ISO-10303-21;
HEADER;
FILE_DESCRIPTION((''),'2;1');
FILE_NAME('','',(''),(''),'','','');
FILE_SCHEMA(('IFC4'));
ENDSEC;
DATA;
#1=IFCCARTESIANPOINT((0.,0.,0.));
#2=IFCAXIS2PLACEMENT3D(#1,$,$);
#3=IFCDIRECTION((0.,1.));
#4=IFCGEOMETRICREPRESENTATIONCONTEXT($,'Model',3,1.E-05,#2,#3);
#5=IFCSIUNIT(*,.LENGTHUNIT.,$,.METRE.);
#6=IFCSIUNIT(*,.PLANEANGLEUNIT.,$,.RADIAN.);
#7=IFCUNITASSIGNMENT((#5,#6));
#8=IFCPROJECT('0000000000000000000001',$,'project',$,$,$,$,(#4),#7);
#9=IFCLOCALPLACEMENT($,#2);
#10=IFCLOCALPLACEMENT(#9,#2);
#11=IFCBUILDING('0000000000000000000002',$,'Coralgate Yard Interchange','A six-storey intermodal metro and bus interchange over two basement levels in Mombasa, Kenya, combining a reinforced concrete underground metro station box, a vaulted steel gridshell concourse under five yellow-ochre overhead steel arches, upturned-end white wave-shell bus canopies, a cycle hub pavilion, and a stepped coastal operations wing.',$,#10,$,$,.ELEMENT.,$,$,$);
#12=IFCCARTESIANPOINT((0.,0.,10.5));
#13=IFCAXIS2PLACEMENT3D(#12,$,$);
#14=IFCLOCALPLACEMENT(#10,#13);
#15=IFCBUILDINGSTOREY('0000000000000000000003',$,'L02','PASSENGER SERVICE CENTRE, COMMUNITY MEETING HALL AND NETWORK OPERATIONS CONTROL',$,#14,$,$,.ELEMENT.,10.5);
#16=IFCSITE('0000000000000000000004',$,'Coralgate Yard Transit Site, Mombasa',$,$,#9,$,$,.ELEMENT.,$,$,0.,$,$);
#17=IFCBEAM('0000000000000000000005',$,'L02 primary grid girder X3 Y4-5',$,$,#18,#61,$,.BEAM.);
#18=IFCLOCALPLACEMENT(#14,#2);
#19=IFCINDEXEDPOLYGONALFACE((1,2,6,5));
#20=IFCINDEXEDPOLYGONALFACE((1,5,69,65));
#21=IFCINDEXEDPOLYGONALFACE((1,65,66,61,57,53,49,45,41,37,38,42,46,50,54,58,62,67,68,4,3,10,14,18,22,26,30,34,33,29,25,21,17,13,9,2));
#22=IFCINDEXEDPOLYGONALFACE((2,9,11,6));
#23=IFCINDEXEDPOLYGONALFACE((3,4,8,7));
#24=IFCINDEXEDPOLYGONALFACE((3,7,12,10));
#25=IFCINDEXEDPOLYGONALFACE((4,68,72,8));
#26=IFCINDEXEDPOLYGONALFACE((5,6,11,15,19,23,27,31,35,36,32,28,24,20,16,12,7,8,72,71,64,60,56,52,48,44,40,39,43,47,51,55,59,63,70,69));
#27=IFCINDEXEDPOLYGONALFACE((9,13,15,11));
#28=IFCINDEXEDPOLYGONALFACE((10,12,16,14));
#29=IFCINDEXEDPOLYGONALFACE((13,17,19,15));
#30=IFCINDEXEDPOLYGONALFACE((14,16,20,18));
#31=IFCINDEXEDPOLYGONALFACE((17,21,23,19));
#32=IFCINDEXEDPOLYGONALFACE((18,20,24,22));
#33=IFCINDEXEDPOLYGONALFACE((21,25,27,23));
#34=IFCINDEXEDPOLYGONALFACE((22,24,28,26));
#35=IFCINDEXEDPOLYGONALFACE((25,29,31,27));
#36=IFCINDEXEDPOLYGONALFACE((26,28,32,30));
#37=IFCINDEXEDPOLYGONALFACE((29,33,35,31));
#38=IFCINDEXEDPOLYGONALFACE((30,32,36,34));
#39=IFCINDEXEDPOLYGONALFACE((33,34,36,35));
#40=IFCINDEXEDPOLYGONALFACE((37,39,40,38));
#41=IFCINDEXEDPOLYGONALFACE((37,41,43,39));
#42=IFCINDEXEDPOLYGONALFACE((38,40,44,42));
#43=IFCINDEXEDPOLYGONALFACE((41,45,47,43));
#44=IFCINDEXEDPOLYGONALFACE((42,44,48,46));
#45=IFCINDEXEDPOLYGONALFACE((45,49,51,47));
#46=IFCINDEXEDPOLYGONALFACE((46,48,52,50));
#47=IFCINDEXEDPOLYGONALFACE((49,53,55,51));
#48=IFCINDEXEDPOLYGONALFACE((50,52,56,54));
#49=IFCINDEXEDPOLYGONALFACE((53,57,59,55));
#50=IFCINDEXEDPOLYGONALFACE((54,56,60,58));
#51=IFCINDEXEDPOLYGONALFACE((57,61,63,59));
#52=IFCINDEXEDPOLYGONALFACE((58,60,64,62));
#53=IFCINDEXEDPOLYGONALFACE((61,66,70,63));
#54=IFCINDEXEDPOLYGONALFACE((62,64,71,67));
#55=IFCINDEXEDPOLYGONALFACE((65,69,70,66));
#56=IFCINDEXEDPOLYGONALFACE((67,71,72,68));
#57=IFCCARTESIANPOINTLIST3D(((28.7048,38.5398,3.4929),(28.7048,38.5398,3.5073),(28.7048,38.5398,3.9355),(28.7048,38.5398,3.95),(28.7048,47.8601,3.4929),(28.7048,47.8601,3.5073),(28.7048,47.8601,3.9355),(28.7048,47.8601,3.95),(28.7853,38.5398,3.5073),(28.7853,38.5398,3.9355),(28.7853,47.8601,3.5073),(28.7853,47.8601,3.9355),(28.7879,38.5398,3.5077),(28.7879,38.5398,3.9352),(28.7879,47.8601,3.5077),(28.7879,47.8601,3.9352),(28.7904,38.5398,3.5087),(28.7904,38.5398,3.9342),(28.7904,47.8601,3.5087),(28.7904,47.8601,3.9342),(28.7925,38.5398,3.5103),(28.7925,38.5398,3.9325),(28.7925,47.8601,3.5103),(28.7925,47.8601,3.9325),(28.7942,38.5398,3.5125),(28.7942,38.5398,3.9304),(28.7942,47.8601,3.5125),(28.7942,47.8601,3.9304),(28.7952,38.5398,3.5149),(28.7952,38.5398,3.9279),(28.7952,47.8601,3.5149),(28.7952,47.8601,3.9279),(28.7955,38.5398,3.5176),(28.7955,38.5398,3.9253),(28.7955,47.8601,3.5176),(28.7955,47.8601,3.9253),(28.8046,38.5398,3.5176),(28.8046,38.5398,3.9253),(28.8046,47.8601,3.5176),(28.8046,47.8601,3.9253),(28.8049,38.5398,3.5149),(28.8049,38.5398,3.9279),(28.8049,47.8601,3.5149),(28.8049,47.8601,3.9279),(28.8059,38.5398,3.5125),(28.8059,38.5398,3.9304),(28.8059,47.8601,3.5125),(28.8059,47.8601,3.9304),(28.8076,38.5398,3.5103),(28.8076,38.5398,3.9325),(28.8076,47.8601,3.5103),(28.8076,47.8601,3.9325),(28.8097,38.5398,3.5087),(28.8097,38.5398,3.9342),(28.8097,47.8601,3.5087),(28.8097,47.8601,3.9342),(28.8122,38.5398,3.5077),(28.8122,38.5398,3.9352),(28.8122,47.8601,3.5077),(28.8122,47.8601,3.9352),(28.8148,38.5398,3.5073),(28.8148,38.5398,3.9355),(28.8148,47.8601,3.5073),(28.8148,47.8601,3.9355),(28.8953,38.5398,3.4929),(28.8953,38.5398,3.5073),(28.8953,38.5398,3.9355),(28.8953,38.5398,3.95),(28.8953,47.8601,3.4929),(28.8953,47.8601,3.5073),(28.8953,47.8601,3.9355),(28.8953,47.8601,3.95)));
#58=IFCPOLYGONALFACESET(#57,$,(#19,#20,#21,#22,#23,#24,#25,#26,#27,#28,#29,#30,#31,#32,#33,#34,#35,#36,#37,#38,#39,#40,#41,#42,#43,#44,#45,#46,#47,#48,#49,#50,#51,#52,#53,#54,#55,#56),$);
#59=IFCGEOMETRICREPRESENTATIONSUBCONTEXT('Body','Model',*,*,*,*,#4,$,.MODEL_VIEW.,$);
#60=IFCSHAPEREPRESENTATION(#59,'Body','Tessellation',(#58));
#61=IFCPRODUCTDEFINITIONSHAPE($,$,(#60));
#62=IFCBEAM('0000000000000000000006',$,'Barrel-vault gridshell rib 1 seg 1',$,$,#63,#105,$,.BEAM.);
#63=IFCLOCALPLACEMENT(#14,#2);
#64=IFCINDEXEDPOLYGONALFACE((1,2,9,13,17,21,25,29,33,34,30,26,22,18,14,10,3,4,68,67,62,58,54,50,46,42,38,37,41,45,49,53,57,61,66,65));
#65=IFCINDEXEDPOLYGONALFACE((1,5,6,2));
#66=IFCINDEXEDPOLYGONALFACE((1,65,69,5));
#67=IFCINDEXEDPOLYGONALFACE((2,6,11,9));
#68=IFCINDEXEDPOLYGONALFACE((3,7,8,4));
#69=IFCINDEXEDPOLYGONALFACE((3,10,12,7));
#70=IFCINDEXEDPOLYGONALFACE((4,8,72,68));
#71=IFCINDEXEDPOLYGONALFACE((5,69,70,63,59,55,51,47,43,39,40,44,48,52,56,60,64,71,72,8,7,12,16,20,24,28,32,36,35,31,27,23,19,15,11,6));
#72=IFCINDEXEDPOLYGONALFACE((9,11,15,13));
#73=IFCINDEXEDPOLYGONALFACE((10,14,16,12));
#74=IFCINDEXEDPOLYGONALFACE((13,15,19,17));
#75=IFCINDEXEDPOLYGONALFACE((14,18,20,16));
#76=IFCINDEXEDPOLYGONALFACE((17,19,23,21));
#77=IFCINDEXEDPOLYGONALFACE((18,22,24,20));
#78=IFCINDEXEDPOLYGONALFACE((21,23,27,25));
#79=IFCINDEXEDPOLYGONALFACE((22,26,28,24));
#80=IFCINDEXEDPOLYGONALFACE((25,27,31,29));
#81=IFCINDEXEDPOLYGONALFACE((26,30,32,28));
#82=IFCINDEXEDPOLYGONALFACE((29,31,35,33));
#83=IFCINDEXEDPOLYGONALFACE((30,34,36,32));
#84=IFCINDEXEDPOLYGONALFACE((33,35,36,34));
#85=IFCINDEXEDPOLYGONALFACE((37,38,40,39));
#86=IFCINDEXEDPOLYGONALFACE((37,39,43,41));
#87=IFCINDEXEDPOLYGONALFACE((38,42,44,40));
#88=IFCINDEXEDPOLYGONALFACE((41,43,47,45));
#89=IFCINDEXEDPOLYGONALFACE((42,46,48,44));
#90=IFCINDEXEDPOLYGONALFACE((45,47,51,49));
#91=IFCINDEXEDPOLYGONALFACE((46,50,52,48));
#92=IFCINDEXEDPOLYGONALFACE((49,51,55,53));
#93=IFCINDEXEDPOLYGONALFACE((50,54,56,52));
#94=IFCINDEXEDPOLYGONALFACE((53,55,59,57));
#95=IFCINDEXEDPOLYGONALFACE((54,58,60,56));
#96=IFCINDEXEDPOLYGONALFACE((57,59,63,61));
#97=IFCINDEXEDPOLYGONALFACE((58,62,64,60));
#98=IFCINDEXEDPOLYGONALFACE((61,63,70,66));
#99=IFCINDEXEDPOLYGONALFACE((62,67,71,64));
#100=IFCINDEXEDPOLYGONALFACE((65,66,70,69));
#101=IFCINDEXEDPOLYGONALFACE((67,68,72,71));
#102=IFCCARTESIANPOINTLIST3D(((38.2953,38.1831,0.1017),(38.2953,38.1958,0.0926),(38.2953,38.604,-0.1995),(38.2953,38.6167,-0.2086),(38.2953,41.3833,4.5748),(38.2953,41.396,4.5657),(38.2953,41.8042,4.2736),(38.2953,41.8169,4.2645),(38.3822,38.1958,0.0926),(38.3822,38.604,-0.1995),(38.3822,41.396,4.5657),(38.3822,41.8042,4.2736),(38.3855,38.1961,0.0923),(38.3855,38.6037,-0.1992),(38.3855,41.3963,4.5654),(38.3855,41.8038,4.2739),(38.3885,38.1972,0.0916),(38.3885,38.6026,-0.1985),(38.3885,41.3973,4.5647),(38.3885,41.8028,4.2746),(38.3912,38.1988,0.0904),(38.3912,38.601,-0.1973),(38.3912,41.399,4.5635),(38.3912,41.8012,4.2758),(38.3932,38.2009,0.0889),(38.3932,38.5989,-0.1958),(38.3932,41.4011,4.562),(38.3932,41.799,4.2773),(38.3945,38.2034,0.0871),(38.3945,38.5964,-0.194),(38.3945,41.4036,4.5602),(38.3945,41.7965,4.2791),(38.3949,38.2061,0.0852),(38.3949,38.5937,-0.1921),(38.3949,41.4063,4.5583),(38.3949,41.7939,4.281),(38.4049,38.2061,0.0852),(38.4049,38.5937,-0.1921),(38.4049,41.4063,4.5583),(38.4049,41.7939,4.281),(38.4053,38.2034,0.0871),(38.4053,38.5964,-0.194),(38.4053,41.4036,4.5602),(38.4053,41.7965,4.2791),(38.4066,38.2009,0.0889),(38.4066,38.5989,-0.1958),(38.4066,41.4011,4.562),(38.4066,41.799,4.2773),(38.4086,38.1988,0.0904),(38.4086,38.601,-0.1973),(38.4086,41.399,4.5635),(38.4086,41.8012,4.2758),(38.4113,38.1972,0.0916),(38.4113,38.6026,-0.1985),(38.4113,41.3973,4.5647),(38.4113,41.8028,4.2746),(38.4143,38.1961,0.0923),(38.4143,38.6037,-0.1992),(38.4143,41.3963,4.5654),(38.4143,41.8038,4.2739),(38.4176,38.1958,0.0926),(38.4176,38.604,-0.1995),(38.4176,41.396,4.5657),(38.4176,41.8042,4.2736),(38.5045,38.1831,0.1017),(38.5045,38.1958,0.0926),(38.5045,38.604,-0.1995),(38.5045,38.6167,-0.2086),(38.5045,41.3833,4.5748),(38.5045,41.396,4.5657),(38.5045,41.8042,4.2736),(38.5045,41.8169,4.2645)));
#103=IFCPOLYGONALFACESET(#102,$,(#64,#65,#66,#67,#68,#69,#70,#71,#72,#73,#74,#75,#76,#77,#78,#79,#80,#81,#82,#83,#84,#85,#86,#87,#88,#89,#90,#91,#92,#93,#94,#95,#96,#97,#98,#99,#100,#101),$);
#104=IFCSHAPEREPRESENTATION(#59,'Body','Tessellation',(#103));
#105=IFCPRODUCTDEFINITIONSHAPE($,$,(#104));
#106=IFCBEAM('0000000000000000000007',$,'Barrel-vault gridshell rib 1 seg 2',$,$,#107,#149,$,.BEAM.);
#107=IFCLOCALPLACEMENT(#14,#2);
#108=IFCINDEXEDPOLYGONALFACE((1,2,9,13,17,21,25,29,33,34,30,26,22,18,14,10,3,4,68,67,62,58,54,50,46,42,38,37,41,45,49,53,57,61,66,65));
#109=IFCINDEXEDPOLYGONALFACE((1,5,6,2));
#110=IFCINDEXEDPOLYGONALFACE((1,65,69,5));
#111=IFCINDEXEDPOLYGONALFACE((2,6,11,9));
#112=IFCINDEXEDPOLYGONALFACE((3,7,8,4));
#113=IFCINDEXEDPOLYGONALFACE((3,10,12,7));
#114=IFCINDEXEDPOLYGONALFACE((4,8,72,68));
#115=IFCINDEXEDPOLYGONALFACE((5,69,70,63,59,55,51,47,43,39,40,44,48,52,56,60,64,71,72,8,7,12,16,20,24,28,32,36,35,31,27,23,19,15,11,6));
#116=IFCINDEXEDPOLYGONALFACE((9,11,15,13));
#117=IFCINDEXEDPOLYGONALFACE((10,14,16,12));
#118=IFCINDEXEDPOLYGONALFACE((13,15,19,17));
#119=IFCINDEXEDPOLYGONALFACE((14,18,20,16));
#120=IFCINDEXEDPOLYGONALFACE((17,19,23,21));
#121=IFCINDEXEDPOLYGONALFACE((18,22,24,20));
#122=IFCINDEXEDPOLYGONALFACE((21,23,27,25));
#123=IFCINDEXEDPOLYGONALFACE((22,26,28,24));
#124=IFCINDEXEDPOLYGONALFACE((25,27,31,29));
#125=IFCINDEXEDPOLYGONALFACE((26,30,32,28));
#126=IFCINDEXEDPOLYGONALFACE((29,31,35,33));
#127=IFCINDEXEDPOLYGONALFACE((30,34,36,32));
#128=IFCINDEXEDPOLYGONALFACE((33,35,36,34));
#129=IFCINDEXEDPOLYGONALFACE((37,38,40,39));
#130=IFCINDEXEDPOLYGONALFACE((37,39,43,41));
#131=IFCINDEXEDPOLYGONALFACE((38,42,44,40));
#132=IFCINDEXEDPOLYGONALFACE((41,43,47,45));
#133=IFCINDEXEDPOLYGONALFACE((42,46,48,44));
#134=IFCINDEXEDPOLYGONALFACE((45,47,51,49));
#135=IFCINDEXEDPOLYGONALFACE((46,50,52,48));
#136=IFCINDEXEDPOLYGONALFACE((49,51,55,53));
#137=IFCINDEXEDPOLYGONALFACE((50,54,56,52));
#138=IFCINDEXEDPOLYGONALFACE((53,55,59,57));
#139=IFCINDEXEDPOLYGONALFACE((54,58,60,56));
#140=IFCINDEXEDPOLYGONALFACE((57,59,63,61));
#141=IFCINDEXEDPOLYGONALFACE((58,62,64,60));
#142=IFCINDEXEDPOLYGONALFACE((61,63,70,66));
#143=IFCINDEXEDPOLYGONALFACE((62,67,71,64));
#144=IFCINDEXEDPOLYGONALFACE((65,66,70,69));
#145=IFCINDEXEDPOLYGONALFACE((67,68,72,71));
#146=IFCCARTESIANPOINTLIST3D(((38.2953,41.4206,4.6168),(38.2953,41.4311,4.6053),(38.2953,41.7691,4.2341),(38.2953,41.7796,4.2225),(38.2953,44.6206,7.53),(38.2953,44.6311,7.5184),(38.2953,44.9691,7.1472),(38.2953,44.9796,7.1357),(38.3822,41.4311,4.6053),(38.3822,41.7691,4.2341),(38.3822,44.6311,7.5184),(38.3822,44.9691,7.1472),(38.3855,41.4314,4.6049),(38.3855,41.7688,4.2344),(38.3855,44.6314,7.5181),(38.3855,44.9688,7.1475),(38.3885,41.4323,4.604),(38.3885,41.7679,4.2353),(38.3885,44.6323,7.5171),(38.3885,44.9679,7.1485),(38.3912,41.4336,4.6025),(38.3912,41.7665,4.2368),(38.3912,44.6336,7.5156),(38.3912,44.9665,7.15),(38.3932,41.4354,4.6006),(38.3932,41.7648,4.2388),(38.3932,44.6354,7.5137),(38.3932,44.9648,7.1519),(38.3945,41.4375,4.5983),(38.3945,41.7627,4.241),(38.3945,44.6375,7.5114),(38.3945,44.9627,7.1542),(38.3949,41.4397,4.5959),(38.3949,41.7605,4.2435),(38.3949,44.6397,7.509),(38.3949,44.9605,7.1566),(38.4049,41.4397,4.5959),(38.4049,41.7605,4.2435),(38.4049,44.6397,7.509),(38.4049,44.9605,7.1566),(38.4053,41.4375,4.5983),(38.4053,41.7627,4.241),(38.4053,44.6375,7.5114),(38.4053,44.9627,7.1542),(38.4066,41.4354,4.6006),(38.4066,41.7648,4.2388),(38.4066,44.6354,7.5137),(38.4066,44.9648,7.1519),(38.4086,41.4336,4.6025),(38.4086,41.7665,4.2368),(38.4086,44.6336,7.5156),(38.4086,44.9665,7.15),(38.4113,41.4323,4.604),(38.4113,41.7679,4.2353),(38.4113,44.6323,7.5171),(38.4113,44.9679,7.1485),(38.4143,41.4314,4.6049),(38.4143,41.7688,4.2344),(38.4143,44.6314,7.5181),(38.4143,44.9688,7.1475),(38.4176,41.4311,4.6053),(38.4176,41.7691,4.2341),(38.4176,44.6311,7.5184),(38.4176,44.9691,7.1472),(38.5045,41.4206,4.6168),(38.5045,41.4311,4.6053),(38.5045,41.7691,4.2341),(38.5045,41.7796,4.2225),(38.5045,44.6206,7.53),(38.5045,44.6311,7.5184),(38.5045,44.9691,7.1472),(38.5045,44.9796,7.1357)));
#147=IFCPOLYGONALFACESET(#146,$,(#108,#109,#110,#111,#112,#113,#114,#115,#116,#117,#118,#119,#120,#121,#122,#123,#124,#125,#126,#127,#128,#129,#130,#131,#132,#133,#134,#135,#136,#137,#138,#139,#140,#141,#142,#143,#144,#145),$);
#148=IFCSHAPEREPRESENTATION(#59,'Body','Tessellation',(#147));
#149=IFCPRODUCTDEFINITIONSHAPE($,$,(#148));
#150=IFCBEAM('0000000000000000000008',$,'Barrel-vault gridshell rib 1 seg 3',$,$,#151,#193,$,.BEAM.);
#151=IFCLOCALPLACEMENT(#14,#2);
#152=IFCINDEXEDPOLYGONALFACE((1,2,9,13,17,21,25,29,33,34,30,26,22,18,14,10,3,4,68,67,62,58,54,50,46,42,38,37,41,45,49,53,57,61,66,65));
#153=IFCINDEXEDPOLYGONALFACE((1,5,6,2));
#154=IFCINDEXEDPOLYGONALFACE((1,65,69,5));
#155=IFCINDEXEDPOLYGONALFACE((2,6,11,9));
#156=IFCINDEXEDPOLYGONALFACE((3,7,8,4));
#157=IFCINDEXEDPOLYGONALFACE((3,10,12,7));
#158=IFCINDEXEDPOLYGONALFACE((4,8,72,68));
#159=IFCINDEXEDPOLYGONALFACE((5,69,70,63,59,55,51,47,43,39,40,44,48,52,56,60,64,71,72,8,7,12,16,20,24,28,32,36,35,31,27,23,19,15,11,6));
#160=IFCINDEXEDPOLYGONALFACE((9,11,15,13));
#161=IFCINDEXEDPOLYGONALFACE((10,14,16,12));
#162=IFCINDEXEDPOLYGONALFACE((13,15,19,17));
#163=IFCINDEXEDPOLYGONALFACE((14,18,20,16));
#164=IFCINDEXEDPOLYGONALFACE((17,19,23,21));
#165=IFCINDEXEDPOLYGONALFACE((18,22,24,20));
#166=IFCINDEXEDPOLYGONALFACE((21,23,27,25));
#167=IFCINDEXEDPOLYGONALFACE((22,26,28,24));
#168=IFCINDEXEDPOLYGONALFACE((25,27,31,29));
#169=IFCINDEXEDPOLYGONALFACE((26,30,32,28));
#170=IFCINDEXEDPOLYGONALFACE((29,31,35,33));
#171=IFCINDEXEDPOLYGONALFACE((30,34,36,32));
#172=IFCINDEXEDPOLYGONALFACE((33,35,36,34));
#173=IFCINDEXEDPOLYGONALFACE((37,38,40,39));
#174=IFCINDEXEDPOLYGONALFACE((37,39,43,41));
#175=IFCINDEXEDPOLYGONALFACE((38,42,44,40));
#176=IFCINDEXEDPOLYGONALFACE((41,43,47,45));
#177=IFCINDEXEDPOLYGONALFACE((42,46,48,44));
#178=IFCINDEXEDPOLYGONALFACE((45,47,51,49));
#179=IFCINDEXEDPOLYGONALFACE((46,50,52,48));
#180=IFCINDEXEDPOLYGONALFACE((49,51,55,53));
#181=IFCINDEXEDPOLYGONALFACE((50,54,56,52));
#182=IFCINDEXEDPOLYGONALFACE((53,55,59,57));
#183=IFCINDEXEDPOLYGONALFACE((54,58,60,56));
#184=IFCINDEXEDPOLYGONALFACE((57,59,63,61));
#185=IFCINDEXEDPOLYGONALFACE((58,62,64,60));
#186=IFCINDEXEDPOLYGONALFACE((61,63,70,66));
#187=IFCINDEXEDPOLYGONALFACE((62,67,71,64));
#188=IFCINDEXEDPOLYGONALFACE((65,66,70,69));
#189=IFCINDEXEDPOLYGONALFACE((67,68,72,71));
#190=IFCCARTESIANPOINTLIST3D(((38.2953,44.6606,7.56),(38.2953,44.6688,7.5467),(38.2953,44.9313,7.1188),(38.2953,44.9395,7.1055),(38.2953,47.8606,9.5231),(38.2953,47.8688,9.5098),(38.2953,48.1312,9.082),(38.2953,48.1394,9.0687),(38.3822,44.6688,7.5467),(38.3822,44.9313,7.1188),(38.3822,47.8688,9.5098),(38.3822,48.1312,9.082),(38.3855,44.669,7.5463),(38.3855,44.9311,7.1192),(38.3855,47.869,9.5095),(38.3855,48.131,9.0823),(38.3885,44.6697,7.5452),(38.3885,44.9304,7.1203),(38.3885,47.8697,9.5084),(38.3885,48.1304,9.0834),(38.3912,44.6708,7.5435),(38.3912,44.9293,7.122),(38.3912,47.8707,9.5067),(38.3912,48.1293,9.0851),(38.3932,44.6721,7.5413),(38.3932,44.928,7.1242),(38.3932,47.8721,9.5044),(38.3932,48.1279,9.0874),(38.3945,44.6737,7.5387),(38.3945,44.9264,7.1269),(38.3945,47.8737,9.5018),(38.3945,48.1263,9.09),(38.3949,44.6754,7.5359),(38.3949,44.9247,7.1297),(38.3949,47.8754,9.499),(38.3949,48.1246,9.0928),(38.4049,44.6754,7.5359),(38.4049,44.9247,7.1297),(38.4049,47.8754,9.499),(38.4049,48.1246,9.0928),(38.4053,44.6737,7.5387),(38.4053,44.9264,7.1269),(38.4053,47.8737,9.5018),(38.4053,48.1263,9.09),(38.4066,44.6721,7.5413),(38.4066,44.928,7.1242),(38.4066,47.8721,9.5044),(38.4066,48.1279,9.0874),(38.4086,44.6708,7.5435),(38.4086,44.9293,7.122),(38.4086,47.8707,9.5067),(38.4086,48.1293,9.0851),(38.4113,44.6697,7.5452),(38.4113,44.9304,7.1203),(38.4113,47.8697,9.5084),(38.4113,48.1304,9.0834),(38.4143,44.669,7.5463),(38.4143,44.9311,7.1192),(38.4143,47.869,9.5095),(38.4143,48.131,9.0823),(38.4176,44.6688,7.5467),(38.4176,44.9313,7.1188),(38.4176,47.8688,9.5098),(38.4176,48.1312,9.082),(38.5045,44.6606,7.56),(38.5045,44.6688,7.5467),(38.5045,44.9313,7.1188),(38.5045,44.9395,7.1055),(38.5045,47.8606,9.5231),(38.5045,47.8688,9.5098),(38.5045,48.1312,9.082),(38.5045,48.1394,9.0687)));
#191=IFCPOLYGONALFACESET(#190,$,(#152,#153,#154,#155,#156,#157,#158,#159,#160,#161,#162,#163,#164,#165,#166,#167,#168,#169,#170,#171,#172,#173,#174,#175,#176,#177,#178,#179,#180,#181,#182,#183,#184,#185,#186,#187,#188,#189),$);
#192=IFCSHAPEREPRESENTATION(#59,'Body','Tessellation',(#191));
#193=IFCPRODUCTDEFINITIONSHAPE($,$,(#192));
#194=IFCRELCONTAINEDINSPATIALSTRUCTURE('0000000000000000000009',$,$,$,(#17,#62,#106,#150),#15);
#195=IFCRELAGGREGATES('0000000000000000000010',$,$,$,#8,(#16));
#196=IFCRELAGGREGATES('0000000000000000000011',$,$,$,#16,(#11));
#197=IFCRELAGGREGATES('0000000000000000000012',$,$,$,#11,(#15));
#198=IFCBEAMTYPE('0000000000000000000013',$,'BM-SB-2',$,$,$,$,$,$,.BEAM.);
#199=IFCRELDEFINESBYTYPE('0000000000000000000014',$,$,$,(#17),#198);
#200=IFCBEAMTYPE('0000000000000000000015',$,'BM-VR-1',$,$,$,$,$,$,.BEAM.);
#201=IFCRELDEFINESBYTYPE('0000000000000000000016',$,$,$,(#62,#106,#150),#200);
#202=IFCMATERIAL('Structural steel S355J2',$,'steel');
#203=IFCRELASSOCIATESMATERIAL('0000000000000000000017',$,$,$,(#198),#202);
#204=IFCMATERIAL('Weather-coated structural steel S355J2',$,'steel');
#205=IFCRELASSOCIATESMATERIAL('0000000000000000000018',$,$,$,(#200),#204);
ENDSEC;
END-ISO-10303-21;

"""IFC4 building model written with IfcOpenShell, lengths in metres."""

from ifc_helpers import new_model, si_unit, direction, frame, origin, origin_2d, place, context, subcontext, project, spatial, i_section, extrude, material, material_profile, profile_set, type_object, element, save


model = new_model("IFC4")

# Units and contexts
model_context = context("Model", 3, precision=1e-05, world=origin(), true_north=direction((0.0, 1.0)))
body_context = subcontext(model_context, "Body", "Model", "MODEL_VIEW")
ifc_project = project(units=[si_unit("LENGTHUNIT", "METRE"), si_unit("PLANEANGLEUNIT", "RADIAN")], contexts=[model_context])

# Site, building, storey
site_placement = place(None, origin())
site = spatial("IfcSite", under=ifc_project, at=site_placement, Name="Coralgate Yard Transit Site, Mombasa", CompositionType="ELEMENT", RefElevation=0.0)
building_placement = place(site_placement, origin())
building = spatial("IfcBuilding", under=site, at=building_placement, Name="Coralgate Yard Interchange", Description="A six-storey intermodal metro and bus interchange over two basement levels in Mombasa, Kenya, combining a reinforced concrete underground metro station box, a vaulted steel gridshell concourse under five yellow-ochre overhead steel arches, upturned-end white wave-shell bus canopies, a cycle hub pavilion, and a stepped coastal operations wing.", CompositionType="ELEMENT")
storey_placement = place(building_placement, frame((0.0, 0.0, 10.5)))
storey = spatial("IfcBuildingStorey", under=building, at=storey_placement, Name="L02", Description="PASSENGER SERVICE CENTRE, COMMUNITY MEETING HALL AND NETWORK OPERATIONS CONTROL", CompositionType="ELEMENT", Elevation=10.5)

# Beams
ifc_material_1 = material(Name="Structural steel S355J2", Category="steel")
ifc_material_profile_1 = material_profile(ifc_material_1, i_section(OverallWidth=0.1904, OverallDepth=0.457, WebThickness=0.009, FlangeThickness=0.0144, FilletRadius=0.0103, at=origin_2d()), Name="UB 457x191x74")
ifc_profile_set_1 = profile_set([ifc_material_profile_1], Name="Structural steel S355J2")
beam_type_1 = type_object("IfcBeamType", Name="BM-SB-2", PredefinedType="BEAM", material=ifc_profile_set_1)
beam_1_placement = place(storey_placement, frame((28.8, 38.5398, 3.7214), z_axis=(0.0, 1.0, 0.0), x_axis=(-1.0, 0.0, 0.0)))
element("IfcBeam", 1, at=beam_1_placement, inside=storey, type_object=beam_type_1, Name="L02 primary grid girder X3 Y4-5", PredefinedType="BEAM", context=body_context, shape_type="SweptSolid", body=[
    extrude(i_section(OverallWidth=0.1904, OverallDepth=0.457, WebThickness=0.009, FlangeThickness=0.0144, FilletRadius=0.0103, at=origin_2d()), origin(), (0.0, 0.0, 1.0), 9.3203),
])
ifc_material_2 = material(Name="Weather-coated structural steel S355J2", Category="steel")
ifc_material_profile_2 = material_profile(ifc_material_2, i_section(OverallWidth=0.2092, OverallDepth=0.5332, WebThickness=0.01, FlangeThickness=0.0156, FilletRadius=0.0127, at=origin_2d()), Name="UB 533x210x92")
ifc_profile_set_2 = profile_set([ifc_material_profile_2], Name="Weather-coated structural steel S355J2")
beam_type_2 = type_object("IfcBeamType", Name="BM-VR-1", PredefinedType="BEAM", material=ifc_profile_set_2)
beam_2_placement = place(storey_placement, frame((38.3999, 38.3999, -0.0535), z_axis=(0.0, 0.581851, 0.813295), x_axis=(-1.0, 0.0, 0.0)))
element("IfcBeam", 2, at=beam_2_placement, inside=storey, type_object=beam_type_2, Name="Barrel-vault gridshell rib 1 seg 1", PredefinedType="BEAM", context=body_context, shape_type="SweptSolid", body=[
    extrude(i_section(OverallWidth=0.2092, OverallDepth=0.5332, WebThickness=0.01, FlangeThickness=0.0156, FilletRadius=0.0127, at=origin_2d()), origin(), (0.0, 0.0, 1.0), 5.5),
])
beam_3_placement = place(storey_placement, frame((38.3999, 41.6001, 4.4197), z_axis=(0.0, 0.739475, 0.673184), x_axis=(-1.0, 0.0, 0.0)))
element("IfcBeam", 3, at=beam_3_placement, inside=storey, type_object=beam_type_2, Name="Barrel-vault gridshell rib 1 seg 2", PredefinedType="BEAM", context=body_context, shape_type="SweptSolid", body=[
    extrude(i_section(OverallWidth=0.2092, OverallDepth=0.5332, WebThickness=0.01, FlangeThickness=0.0156, FilletRadius=0.0127, at=origin_2d()), origin(), (0.0, 0.0, 1.0), 4.3274),
])
beam_4_placement = place(storey_placement, frame((38.3999, 44.8, 7.3328), z_axis=(0.0, 0.852379, 0.522925), x_axis=(-1.0, 0.0, 0.0)))
element("IfcBeam", 4, at=beam_4_placement, inside=storey, type_object=beam_type_2, Name="Barrel-vault gridshell rib 1 seg 3", PredefinedType="BEAM", context=body_context, shape_type="SweptSolid", body=[
    extrude(i_section(OverallWidth=0.2092, OverallDepth=0.5332, WebThickness=0.01, FlangeThickness=0.0156, FilletRadius=0.0127, at=origin_2d()), origin(), (0.0, 0.0, 1.0), 3.7542),
])

save(model, "model.ifc")
